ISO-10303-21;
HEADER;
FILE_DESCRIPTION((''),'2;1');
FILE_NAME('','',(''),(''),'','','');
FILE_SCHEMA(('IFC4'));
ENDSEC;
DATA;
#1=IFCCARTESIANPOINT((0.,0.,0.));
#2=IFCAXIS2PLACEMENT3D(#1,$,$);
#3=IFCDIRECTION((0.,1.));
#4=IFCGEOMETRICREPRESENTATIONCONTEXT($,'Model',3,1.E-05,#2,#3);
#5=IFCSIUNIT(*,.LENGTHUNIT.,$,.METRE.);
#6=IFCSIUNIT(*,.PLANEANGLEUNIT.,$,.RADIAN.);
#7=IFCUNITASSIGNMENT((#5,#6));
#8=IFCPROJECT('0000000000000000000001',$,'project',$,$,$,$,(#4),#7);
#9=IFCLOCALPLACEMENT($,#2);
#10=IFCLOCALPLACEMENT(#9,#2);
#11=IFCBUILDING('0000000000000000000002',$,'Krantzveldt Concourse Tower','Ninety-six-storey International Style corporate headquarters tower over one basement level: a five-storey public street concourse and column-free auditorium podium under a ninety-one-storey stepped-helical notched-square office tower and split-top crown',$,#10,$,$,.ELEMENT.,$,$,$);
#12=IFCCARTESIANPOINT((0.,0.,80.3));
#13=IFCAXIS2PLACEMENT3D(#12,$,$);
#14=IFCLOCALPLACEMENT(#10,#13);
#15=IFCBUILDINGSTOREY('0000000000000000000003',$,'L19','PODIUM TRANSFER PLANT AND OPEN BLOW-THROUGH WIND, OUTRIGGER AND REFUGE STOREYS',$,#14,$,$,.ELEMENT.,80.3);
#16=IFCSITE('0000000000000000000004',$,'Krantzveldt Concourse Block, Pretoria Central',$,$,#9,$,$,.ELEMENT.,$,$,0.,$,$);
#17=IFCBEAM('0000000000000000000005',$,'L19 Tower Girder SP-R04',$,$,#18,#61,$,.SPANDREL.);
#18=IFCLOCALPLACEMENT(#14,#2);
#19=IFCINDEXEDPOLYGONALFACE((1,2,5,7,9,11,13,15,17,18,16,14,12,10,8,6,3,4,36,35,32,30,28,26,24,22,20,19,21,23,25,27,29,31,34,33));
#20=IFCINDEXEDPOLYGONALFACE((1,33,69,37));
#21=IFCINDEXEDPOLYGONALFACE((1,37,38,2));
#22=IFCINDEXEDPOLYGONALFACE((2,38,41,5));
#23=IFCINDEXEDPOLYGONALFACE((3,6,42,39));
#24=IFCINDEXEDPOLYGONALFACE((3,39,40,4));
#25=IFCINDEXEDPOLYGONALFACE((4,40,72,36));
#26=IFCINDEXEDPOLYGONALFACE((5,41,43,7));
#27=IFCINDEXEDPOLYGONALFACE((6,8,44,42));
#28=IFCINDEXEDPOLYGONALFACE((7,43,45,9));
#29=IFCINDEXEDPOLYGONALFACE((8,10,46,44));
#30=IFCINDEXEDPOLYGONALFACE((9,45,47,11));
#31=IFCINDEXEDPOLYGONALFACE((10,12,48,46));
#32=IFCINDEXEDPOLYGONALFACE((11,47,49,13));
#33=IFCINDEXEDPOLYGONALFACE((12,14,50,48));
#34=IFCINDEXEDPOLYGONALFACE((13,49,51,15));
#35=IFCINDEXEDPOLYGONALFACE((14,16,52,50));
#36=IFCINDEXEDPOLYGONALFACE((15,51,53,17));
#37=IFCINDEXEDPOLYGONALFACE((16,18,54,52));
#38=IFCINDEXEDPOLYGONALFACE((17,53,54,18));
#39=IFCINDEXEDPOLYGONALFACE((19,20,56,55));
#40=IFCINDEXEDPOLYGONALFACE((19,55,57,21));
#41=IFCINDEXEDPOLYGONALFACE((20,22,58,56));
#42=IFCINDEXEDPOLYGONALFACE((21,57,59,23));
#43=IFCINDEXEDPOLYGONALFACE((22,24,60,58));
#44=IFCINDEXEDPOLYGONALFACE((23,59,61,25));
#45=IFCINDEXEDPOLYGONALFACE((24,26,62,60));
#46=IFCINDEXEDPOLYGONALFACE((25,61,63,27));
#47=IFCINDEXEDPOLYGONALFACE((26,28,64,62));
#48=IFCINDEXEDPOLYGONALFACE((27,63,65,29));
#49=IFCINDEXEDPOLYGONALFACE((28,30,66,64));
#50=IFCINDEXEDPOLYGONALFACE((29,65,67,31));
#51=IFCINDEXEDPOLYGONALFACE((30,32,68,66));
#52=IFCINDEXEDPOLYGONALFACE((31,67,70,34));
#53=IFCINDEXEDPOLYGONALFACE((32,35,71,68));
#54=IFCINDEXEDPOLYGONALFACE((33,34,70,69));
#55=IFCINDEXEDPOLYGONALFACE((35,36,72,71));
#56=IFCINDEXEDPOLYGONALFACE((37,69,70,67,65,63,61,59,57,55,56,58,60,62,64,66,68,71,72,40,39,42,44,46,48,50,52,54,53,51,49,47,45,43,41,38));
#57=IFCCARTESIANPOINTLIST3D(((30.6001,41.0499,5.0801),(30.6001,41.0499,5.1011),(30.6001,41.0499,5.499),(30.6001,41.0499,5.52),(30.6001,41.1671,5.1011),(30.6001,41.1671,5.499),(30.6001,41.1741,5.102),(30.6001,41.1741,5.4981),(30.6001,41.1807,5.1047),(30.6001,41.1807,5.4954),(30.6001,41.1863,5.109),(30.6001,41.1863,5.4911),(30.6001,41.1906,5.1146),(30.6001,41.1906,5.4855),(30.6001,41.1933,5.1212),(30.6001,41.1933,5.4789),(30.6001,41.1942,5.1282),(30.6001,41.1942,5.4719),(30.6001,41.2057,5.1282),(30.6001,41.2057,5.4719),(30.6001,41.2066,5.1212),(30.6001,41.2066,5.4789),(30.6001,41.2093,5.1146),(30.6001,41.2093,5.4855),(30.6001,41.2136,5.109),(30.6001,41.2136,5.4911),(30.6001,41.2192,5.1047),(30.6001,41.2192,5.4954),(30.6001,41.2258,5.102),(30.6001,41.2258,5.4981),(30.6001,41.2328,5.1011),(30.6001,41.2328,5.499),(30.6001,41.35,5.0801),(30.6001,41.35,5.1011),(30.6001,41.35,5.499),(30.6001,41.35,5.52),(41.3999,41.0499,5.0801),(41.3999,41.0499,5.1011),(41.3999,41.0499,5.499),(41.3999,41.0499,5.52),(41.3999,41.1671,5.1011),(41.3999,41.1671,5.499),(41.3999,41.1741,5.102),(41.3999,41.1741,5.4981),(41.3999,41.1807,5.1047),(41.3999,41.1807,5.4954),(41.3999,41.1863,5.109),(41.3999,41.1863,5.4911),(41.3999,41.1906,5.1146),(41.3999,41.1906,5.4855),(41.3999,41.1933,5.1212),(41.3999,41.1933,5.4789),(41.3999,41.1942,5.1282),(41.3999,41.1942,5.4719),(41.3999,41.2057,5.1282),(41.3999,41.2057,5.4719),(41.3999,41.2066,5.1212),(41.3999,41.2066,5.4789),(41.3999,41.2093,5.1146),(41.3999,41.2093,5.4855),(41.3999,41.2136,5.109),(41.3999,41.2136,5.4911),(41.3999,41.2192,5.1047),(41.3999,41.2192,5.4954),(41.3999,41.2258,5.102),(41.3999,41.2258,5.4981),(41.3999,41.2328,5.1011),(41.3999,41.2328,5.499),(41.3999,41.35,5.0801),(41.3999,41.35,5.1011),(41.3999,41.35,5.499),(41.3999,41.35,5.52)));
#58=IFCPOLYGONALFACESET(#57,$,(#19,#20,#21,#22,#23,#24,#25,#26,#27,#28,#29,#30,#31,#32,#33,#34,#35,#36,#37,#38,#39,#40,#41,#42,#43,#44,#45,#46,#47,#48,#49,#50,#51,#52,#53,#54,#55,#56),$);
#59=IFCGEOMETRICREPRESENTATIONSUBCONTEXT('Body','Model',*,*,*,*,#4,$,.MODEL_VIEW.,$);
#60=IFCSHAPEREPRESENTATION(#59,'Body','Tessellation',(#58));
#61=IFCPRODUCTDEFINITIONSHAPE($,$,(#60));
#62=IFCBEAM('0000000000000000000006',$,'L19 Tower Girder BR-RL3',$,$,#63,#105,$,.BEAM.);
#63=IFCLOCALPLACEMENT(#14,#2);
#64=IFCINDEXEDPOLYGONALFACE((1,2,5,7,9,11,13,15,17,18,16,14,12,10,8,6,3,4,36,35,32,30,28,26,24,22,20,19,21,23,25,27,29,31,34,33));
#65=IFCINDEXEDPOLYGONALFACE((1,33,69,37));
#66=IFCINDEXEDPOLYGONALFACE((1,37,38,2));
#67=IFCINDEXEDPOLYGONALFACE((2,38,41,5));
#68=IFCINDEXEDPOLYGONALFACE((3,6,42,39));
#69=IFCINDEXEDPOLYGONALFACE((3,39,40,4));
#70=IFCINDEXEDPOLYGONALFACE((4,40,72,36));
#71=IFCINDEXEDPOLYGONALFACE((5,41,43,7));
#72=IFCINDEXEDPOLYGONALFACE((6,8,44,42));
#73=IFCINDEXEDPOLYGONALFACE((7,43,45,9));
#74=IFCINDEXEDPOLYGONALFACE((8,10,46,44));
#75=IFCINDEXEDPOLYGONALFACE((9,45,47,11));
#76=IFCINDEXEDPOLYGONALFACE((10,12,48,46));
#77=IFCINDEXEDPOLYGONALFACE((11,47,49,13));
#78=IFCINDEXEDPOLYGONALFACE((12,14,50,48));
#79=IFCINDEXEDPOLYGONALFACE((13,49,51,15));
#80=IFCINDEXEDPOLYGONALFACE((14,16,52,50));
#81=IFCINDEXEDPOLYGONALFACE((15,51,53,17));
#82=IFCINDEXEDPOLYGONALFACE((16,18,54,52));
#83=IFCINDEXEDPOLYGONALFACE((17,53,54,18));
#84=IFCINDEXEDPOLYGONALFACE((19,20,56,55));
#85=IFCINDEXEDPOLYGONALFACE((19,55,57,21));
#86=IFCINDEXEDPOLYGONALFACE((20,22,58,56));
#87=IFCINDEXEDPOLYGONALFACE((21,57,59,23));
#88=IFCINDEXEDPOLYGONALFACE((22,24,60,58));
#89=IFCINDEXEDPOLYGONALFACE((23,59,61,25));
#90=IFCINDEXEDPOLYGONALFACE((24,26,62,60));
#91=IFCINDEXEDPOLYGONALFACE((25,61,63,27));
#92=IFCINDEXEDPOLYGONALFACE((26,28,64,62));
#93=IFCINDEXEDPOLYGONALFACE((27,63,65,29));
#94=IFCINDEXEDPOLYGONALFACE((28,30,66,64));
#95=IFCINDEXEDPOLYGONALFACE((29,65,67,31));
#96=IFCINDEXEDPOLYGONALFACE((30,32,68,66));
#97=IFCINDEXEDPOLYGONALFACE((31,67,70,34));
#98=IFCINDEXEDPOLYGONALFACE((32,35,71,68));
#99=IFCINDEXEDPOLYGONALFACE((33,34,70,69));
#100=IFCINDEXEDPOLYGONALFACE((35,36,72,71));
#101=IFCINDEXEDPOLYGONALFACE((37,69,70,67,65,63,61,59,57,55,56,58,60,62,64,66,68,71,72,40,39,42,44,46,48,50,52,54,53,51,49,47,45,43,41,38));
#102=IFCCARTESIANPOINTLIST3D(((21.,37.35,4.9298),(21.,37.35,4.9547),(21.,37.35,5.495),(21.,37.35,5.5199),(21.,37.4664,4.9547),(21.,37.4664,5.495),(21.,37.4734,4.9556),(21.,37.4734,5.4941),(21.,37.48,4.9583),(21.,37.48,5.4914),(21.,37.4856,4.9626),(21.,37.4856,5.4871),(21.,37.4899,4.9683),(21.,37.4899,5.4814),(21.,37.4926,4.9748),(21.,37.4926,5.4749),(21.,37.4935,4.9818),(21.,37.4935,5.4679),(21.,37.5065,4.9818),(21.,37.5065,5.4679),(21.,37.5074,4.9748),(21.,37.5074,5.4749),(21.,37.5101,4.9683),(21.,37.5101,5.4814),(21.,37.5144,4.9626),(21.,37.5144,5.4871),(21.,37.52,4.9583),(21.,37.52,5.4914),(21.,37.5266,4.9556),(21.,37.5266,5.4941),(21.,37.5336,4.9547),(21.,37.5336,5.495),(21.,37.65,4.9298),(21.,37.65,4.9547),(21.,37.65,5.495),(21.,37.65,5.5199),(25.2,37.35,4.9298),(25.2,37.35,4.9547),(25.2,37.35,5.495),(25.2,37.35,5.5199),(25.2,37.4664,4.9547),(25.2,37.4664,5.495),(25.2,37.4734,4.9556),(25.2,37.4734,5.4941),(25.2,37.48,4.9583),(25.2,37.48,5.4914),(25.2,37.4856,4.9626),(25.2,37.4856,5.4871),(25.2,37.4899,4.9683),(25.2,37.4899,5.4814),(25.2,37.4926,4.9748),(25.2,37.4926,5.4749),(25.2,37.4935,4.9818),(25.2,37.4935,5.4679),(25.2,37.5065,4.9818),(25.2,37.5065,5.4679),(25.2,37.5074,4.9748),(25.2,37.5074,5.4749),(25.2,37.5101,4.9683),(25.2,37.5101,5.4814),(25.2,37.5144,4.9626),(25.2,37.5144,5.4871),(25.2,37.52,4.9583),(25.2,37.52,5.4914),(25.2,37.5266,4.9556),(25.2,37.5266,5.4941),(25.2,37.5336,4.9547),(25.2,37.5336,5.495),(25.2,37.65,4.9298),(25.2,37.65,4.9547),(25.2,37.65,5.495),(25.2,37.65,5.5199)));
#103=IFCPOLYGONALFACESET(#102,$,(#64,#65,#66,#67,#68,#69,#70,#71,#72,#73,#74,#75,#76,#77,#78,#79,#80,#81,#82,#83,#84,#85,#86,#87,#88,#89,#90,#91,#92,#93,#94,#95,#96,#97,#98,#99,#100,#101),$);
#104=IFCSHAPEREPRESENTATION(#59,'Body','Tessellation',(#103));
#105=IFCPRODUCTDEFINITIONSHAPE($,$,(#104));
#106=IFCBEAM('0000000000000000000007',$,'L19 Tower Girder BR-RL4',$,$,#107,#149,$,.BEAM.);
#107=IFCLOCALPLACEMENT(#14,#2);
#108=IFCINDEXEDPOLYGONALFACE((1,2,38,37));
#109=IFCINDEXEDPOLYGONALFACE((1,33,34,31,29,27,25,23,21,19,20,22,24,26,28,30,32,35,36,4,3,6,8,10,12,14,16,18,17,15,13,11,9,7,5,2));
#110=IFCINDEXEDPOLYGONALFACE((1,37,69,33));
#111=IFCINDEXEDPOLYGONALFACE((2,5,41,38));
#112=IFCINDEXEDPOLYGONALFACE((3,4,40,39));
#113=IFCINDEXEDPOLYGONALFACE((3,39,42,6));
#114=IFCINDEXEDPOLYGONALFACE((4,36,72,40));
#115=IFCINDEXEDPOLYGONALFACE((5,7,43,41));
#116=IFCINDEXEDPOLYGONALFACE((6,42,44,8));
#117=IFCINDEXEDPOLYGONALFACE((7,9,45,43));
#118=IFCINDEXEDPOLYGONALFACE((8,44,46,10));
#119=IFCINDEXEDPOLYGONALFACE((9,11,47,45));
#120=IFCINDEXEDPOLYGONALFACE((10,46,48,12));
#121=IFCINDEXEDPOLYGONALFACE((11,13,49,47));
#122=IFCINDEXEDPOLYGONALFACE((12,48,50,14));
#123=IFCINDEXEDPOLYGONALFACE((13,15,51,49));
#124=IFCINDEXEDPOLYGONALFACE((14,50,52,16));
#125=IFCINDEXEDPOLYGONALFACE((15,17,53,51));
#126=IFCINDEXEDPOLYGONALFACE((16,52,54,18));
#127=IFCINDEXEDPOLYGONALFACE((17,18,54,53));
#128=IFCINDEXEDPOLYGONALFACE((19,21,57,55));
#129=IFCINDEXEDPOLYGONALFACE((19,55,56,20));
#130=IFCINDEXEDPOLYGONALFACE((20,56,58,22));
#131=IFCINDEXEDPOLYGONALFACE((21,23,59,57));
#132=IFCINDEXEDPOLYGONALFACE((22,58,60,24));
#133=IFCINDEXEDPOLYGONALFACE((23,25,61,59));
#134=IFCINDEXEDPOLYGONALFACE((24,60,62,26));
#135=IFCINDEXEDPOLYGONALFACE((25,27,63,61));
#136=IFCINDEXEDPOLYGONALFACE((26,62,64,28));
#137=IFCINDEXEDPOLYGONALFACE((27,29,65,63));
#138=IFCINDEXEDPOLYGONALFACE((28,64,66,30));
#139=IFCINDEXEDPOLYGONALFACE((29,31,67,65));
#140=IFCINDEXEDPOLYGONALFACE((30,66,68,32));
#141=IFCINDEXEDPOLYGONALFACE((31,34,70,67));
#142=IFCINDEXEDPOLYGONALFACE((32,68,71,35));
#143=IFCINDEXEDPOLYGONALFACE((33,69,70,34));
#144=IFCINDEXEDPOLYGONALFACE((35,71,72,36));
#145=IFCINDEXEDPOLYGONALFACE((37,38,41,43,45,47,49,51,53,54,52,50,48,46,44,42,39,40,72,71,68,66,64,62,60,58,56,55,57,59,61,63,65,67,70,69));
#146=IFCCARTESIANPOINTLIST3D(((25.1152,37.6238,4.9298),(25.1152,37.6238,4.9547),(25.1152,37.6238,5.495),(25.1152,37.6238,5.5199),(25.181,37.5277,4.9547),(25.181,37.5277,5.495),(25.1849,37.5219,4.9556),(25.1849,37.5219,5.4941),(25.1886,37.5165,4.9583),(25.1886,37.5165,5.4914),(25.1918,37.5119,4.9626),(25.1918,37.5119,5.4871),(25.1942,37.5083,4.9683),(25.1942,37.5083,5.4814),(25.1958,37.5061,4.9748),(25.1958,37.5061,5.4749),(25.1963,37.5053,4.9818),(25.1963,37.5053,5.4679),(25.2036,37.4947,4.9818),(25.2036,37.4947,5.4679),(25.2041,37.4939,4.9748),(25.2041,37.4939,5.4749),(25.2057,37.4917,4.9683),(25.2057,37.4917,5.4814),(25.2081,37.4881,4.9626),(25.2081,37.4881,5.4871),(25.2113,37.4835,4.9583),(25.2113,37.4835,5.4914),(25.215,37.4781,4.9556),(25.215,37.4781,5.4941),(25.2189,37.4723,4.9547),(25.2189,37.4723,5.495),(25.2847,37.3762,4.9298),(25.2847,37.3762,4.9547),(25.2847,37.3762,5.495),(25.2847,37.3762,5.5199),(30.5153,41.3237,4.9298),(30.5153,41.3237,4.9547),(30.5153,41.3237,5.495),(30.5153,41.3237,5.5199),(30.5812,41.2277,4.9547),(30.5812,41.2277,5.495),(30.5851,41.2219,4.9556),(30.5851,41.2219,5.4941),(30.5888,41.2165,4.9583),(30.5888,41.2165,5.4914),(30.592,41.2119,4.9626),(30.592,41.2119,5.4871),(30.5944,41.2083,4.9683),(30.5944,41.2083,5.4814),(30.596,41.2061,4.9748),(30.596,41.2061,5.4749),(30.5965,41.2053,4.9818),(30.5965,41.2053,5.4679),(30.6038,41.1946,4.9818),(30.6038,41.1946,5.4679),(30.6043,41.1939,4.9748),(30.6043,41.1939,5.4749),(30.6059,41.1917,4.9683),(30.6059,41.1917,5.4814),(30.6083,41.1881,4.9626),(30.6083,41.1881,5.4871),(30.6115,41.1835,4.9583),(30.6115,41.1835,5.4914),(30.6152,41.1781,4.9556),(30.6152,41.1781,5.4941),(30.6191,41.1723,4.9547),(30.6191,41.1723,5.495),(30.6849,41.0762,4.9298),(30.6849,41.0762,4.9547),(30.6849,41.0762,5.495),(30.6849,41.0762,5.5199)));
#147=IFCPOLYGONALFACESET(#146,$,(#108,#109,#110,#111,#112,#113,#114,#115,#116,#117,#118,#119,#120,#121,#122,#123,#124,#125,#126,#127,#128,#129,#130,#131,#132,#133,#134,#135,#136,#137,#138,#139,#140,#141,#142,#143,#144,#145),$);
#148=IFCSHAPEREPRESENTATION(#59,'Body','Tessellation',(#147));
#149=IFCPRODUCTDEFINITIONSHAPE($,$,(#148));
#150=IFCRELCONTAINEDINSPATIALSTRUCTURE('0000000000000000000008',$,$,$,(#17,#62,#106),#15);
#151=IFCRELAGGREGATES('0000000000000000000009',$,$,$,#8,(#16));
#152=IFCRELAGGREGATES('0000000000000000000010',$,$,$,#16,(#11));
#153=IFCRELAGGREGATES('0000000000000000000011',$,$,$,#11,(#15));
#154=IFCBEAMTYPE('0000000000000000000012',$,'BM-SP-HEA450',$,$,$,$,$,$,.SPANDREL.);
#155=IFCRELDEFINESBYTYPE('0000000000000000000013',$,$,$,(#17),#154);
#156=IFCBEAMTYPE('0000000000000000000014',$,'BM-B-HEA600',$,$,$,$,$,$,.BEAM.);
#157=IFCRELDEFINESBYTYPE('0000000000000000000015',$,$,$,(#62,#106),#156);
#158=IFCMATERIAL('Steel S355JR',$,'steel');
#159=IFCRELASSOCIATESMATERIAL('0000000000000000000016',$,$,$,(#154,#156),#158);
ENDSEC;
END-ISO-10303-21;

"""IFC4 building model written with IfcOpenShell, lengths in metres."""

from ifc_helpers import new_model, si_unit, direction, frame, origin, origin_2d, place, context, subcontext, project, spatial, i_section, extrude, source, transform, mapped, material, material_profile, profile_set, type_object, type_shapes, element, save


model = new_model("IFC4")

# Units and contexts
model_context = context("Model", 3, precision=1e-05, world=origin(), true_north=direction((0.0, 1.0)))
body_context = subcontext(model_context, "Body", "Model", "MODEL_VIEW")
ifc_project = project(units=[si_unit("LENGTHUNIT", "METRE"), si_unit("PLANEANGLEUNIT", "RADIAN")], contexts=[model_context])

# Site, building, storey
site_placement = place(None, origin())
site = spatial("IfcSite", under=ifc_project, at=site_placement, Name="Krantzveldt Concourse Block, Pretoria Central", CompositionType="ELEMENT", RefElevation=0.0)
building_placement = place(site_placement, origin())
building = spatial("IfcBuilding", under=site, at=building_placement, Name="Krantzveldt Concourse Tower", Description="Ninety-six-storey International Style corporate headquarters tower over one basement level: a five-storey public street concourse and column-free auditorium podium under a ninety-one-storey stepped-helical notched-square office tower and split-top crown", CompositionType="ELEMENT")
storey_placement = place(building_placement, frame((0.0, 0.0, 80.3)))
storey = spatial("IfcBuildingStorey", under=building, at=storey_placement, Name="L19", Description="PODIUM TRANSFER PLANT AND OPEN BLOW-THROUGH WIND, OUTRIGGER AND REFUGE STOREYS", CompositionType="ELEMENT", Elevation=80.3)

# Beams
ifc_material_1 = material(Name="Steel S355JR", Category="steel")
ifc_material_profile_1 = material_profile(ifc_material_1, i_section(OverallWidth=0.3, OverallDepth=0.4399, WebThickness=0.0115, FlangeThickness=0.021, FilletRadius=0.0271, at=origin_2d()), Name="Steel S355JR", Category="steel")
ifc_profile_set_1 = profile_set([ifc_material_profile_1], Name="Steel S355JR - HEA 450")
beam_type_1 = type_object("IfcBeamType", Name="BM-SP-HEA450", PredefinedType="SPANDREL", material=ifc_profile_set_1)
shared_shape_1 = source(origin(), body_context, "Body", "SweptSolid", [
    extrude(i_section(OverallWidth=0.3, OverallDepth=0.4399, WebThickness=0.0115, FlangeThickness=0.021, FilletRadius=0.0271, at=origin_2d()), origin(), (0.0, 0.0, 1.0), 10.7998),
])
beam_1_placement = place(storey_placement, frame((30.6001, 41.2, 5.3), z_axis=(1.0, 0.0, 0.0), x_axis=(0.0, 1.0, 0.0)))
element("IfcBeam", 1, at=beam_1_placement, inside=storey, type_object=beam_type_1, Name="L19 Tower Girder SP-R04", PredefinedType="SPANDREL", context=body_context, shape_type="MappedRepresentation", body=[
    mapped(shared_shape_1, transform((0.0, 0.0, 0.0), x_axis=(1.0, 0.0, 0.0), y_axis=(0.0, 1.0, 0.0), z_axis=(0.0, 0.0, 1.0), scale=1.0)),
])
ifc_material_profile_2 = material_profile(ifc_material_1, i_section(OverallWidth=0.3, OverallDepth=0.5901, WebThickness=0.0129, FlangeThickness=0.0249, FilletRadius=0.0271, at=origin_2d()), Name="Steel S355JR", Category="steel")
ifc_profile_set_2 = profile_set([ifc_material_profile_2], Name="Steel S355JR - HEA 600")
beam_type_2 = type_object("IfcBeamType", Name="BM-B-HEA600", PredefinedType="BEAM", material=ifc_profile_set_2)
shared_shape_2 = source(origin(), body_context, "Body", "SweptSolid", [
    extrude(i_section(OverallWidth=0.3, OverallDepth=0.5901, WebThickness=0.0129, FlangeThickness=0.0249, FilletRadius=0.0271, at=origin_2d()), origin(), (0.0, 0.0, 1.0), 4.2),
])
beam_2_placement = place(storey_placement, frame((21.0, 37.5, 5.2249), z_axis=(1.0, 0.0, 0.0), x_axis=(0.0, 1.0, 0.0)))
element("IfcBeam", 2, at=beam_2_placement, inside=storey, type_object=beam_type_2, Name="L19 Tower Girder BR-RL3", PredefinedType="BEAM", context=body_context, shape_type="MappedRepresentation", body=[
    mapped(shared_shape_2, transform((0.0, 0.0, 0.0), x_axis=(1.0, 0.0, 0.0), y_axis=(0.0, 1.0, 0.0), z_axis=(0.0, 0.0, 1.0), scale=1.0)),
])
shared_shape_3 = source(origin(), body_context, "Body", "SweptSolid", [
    extrude(i_section(OverallWidth=0.3, OverallDepth=0.5901, WebThickness=0.0129, FlangeThickness=0.0249, FilletRadius=0.0271, at=origin_2d()), origin(), (0.0, 0.0, 1.0), 6.5461),
])
type_shapes(beam_type_2, [shared_shape_2, shared_shape_3])
beam_3_placement = place(storey_placement, frame((25.2, 37.5, 5.2249), z_axis=(0.824943, 0.565216, 0.0), x_axis=(-0.565216, 0.824943, 0.0)))
element("IfcBeam", 3, at=beam_3_placement, inside=storey, type_object=beam_type_2, Name="L19 Tower Girder BR-RL4", PredefinedType="BEAM", context=body_context, shape_type="MappedRepresentation", body=[
    mapped(shared_shape_3, transform((0.0, 0.0, 0.0), x_axis=(1.0, 0.0, 0.0), y_axis=(0.0, 1.0, 0.0), z_axis=(0.0, 0.0, 1.0), scale=1.0)),
])

save(model, "model.ifc")
